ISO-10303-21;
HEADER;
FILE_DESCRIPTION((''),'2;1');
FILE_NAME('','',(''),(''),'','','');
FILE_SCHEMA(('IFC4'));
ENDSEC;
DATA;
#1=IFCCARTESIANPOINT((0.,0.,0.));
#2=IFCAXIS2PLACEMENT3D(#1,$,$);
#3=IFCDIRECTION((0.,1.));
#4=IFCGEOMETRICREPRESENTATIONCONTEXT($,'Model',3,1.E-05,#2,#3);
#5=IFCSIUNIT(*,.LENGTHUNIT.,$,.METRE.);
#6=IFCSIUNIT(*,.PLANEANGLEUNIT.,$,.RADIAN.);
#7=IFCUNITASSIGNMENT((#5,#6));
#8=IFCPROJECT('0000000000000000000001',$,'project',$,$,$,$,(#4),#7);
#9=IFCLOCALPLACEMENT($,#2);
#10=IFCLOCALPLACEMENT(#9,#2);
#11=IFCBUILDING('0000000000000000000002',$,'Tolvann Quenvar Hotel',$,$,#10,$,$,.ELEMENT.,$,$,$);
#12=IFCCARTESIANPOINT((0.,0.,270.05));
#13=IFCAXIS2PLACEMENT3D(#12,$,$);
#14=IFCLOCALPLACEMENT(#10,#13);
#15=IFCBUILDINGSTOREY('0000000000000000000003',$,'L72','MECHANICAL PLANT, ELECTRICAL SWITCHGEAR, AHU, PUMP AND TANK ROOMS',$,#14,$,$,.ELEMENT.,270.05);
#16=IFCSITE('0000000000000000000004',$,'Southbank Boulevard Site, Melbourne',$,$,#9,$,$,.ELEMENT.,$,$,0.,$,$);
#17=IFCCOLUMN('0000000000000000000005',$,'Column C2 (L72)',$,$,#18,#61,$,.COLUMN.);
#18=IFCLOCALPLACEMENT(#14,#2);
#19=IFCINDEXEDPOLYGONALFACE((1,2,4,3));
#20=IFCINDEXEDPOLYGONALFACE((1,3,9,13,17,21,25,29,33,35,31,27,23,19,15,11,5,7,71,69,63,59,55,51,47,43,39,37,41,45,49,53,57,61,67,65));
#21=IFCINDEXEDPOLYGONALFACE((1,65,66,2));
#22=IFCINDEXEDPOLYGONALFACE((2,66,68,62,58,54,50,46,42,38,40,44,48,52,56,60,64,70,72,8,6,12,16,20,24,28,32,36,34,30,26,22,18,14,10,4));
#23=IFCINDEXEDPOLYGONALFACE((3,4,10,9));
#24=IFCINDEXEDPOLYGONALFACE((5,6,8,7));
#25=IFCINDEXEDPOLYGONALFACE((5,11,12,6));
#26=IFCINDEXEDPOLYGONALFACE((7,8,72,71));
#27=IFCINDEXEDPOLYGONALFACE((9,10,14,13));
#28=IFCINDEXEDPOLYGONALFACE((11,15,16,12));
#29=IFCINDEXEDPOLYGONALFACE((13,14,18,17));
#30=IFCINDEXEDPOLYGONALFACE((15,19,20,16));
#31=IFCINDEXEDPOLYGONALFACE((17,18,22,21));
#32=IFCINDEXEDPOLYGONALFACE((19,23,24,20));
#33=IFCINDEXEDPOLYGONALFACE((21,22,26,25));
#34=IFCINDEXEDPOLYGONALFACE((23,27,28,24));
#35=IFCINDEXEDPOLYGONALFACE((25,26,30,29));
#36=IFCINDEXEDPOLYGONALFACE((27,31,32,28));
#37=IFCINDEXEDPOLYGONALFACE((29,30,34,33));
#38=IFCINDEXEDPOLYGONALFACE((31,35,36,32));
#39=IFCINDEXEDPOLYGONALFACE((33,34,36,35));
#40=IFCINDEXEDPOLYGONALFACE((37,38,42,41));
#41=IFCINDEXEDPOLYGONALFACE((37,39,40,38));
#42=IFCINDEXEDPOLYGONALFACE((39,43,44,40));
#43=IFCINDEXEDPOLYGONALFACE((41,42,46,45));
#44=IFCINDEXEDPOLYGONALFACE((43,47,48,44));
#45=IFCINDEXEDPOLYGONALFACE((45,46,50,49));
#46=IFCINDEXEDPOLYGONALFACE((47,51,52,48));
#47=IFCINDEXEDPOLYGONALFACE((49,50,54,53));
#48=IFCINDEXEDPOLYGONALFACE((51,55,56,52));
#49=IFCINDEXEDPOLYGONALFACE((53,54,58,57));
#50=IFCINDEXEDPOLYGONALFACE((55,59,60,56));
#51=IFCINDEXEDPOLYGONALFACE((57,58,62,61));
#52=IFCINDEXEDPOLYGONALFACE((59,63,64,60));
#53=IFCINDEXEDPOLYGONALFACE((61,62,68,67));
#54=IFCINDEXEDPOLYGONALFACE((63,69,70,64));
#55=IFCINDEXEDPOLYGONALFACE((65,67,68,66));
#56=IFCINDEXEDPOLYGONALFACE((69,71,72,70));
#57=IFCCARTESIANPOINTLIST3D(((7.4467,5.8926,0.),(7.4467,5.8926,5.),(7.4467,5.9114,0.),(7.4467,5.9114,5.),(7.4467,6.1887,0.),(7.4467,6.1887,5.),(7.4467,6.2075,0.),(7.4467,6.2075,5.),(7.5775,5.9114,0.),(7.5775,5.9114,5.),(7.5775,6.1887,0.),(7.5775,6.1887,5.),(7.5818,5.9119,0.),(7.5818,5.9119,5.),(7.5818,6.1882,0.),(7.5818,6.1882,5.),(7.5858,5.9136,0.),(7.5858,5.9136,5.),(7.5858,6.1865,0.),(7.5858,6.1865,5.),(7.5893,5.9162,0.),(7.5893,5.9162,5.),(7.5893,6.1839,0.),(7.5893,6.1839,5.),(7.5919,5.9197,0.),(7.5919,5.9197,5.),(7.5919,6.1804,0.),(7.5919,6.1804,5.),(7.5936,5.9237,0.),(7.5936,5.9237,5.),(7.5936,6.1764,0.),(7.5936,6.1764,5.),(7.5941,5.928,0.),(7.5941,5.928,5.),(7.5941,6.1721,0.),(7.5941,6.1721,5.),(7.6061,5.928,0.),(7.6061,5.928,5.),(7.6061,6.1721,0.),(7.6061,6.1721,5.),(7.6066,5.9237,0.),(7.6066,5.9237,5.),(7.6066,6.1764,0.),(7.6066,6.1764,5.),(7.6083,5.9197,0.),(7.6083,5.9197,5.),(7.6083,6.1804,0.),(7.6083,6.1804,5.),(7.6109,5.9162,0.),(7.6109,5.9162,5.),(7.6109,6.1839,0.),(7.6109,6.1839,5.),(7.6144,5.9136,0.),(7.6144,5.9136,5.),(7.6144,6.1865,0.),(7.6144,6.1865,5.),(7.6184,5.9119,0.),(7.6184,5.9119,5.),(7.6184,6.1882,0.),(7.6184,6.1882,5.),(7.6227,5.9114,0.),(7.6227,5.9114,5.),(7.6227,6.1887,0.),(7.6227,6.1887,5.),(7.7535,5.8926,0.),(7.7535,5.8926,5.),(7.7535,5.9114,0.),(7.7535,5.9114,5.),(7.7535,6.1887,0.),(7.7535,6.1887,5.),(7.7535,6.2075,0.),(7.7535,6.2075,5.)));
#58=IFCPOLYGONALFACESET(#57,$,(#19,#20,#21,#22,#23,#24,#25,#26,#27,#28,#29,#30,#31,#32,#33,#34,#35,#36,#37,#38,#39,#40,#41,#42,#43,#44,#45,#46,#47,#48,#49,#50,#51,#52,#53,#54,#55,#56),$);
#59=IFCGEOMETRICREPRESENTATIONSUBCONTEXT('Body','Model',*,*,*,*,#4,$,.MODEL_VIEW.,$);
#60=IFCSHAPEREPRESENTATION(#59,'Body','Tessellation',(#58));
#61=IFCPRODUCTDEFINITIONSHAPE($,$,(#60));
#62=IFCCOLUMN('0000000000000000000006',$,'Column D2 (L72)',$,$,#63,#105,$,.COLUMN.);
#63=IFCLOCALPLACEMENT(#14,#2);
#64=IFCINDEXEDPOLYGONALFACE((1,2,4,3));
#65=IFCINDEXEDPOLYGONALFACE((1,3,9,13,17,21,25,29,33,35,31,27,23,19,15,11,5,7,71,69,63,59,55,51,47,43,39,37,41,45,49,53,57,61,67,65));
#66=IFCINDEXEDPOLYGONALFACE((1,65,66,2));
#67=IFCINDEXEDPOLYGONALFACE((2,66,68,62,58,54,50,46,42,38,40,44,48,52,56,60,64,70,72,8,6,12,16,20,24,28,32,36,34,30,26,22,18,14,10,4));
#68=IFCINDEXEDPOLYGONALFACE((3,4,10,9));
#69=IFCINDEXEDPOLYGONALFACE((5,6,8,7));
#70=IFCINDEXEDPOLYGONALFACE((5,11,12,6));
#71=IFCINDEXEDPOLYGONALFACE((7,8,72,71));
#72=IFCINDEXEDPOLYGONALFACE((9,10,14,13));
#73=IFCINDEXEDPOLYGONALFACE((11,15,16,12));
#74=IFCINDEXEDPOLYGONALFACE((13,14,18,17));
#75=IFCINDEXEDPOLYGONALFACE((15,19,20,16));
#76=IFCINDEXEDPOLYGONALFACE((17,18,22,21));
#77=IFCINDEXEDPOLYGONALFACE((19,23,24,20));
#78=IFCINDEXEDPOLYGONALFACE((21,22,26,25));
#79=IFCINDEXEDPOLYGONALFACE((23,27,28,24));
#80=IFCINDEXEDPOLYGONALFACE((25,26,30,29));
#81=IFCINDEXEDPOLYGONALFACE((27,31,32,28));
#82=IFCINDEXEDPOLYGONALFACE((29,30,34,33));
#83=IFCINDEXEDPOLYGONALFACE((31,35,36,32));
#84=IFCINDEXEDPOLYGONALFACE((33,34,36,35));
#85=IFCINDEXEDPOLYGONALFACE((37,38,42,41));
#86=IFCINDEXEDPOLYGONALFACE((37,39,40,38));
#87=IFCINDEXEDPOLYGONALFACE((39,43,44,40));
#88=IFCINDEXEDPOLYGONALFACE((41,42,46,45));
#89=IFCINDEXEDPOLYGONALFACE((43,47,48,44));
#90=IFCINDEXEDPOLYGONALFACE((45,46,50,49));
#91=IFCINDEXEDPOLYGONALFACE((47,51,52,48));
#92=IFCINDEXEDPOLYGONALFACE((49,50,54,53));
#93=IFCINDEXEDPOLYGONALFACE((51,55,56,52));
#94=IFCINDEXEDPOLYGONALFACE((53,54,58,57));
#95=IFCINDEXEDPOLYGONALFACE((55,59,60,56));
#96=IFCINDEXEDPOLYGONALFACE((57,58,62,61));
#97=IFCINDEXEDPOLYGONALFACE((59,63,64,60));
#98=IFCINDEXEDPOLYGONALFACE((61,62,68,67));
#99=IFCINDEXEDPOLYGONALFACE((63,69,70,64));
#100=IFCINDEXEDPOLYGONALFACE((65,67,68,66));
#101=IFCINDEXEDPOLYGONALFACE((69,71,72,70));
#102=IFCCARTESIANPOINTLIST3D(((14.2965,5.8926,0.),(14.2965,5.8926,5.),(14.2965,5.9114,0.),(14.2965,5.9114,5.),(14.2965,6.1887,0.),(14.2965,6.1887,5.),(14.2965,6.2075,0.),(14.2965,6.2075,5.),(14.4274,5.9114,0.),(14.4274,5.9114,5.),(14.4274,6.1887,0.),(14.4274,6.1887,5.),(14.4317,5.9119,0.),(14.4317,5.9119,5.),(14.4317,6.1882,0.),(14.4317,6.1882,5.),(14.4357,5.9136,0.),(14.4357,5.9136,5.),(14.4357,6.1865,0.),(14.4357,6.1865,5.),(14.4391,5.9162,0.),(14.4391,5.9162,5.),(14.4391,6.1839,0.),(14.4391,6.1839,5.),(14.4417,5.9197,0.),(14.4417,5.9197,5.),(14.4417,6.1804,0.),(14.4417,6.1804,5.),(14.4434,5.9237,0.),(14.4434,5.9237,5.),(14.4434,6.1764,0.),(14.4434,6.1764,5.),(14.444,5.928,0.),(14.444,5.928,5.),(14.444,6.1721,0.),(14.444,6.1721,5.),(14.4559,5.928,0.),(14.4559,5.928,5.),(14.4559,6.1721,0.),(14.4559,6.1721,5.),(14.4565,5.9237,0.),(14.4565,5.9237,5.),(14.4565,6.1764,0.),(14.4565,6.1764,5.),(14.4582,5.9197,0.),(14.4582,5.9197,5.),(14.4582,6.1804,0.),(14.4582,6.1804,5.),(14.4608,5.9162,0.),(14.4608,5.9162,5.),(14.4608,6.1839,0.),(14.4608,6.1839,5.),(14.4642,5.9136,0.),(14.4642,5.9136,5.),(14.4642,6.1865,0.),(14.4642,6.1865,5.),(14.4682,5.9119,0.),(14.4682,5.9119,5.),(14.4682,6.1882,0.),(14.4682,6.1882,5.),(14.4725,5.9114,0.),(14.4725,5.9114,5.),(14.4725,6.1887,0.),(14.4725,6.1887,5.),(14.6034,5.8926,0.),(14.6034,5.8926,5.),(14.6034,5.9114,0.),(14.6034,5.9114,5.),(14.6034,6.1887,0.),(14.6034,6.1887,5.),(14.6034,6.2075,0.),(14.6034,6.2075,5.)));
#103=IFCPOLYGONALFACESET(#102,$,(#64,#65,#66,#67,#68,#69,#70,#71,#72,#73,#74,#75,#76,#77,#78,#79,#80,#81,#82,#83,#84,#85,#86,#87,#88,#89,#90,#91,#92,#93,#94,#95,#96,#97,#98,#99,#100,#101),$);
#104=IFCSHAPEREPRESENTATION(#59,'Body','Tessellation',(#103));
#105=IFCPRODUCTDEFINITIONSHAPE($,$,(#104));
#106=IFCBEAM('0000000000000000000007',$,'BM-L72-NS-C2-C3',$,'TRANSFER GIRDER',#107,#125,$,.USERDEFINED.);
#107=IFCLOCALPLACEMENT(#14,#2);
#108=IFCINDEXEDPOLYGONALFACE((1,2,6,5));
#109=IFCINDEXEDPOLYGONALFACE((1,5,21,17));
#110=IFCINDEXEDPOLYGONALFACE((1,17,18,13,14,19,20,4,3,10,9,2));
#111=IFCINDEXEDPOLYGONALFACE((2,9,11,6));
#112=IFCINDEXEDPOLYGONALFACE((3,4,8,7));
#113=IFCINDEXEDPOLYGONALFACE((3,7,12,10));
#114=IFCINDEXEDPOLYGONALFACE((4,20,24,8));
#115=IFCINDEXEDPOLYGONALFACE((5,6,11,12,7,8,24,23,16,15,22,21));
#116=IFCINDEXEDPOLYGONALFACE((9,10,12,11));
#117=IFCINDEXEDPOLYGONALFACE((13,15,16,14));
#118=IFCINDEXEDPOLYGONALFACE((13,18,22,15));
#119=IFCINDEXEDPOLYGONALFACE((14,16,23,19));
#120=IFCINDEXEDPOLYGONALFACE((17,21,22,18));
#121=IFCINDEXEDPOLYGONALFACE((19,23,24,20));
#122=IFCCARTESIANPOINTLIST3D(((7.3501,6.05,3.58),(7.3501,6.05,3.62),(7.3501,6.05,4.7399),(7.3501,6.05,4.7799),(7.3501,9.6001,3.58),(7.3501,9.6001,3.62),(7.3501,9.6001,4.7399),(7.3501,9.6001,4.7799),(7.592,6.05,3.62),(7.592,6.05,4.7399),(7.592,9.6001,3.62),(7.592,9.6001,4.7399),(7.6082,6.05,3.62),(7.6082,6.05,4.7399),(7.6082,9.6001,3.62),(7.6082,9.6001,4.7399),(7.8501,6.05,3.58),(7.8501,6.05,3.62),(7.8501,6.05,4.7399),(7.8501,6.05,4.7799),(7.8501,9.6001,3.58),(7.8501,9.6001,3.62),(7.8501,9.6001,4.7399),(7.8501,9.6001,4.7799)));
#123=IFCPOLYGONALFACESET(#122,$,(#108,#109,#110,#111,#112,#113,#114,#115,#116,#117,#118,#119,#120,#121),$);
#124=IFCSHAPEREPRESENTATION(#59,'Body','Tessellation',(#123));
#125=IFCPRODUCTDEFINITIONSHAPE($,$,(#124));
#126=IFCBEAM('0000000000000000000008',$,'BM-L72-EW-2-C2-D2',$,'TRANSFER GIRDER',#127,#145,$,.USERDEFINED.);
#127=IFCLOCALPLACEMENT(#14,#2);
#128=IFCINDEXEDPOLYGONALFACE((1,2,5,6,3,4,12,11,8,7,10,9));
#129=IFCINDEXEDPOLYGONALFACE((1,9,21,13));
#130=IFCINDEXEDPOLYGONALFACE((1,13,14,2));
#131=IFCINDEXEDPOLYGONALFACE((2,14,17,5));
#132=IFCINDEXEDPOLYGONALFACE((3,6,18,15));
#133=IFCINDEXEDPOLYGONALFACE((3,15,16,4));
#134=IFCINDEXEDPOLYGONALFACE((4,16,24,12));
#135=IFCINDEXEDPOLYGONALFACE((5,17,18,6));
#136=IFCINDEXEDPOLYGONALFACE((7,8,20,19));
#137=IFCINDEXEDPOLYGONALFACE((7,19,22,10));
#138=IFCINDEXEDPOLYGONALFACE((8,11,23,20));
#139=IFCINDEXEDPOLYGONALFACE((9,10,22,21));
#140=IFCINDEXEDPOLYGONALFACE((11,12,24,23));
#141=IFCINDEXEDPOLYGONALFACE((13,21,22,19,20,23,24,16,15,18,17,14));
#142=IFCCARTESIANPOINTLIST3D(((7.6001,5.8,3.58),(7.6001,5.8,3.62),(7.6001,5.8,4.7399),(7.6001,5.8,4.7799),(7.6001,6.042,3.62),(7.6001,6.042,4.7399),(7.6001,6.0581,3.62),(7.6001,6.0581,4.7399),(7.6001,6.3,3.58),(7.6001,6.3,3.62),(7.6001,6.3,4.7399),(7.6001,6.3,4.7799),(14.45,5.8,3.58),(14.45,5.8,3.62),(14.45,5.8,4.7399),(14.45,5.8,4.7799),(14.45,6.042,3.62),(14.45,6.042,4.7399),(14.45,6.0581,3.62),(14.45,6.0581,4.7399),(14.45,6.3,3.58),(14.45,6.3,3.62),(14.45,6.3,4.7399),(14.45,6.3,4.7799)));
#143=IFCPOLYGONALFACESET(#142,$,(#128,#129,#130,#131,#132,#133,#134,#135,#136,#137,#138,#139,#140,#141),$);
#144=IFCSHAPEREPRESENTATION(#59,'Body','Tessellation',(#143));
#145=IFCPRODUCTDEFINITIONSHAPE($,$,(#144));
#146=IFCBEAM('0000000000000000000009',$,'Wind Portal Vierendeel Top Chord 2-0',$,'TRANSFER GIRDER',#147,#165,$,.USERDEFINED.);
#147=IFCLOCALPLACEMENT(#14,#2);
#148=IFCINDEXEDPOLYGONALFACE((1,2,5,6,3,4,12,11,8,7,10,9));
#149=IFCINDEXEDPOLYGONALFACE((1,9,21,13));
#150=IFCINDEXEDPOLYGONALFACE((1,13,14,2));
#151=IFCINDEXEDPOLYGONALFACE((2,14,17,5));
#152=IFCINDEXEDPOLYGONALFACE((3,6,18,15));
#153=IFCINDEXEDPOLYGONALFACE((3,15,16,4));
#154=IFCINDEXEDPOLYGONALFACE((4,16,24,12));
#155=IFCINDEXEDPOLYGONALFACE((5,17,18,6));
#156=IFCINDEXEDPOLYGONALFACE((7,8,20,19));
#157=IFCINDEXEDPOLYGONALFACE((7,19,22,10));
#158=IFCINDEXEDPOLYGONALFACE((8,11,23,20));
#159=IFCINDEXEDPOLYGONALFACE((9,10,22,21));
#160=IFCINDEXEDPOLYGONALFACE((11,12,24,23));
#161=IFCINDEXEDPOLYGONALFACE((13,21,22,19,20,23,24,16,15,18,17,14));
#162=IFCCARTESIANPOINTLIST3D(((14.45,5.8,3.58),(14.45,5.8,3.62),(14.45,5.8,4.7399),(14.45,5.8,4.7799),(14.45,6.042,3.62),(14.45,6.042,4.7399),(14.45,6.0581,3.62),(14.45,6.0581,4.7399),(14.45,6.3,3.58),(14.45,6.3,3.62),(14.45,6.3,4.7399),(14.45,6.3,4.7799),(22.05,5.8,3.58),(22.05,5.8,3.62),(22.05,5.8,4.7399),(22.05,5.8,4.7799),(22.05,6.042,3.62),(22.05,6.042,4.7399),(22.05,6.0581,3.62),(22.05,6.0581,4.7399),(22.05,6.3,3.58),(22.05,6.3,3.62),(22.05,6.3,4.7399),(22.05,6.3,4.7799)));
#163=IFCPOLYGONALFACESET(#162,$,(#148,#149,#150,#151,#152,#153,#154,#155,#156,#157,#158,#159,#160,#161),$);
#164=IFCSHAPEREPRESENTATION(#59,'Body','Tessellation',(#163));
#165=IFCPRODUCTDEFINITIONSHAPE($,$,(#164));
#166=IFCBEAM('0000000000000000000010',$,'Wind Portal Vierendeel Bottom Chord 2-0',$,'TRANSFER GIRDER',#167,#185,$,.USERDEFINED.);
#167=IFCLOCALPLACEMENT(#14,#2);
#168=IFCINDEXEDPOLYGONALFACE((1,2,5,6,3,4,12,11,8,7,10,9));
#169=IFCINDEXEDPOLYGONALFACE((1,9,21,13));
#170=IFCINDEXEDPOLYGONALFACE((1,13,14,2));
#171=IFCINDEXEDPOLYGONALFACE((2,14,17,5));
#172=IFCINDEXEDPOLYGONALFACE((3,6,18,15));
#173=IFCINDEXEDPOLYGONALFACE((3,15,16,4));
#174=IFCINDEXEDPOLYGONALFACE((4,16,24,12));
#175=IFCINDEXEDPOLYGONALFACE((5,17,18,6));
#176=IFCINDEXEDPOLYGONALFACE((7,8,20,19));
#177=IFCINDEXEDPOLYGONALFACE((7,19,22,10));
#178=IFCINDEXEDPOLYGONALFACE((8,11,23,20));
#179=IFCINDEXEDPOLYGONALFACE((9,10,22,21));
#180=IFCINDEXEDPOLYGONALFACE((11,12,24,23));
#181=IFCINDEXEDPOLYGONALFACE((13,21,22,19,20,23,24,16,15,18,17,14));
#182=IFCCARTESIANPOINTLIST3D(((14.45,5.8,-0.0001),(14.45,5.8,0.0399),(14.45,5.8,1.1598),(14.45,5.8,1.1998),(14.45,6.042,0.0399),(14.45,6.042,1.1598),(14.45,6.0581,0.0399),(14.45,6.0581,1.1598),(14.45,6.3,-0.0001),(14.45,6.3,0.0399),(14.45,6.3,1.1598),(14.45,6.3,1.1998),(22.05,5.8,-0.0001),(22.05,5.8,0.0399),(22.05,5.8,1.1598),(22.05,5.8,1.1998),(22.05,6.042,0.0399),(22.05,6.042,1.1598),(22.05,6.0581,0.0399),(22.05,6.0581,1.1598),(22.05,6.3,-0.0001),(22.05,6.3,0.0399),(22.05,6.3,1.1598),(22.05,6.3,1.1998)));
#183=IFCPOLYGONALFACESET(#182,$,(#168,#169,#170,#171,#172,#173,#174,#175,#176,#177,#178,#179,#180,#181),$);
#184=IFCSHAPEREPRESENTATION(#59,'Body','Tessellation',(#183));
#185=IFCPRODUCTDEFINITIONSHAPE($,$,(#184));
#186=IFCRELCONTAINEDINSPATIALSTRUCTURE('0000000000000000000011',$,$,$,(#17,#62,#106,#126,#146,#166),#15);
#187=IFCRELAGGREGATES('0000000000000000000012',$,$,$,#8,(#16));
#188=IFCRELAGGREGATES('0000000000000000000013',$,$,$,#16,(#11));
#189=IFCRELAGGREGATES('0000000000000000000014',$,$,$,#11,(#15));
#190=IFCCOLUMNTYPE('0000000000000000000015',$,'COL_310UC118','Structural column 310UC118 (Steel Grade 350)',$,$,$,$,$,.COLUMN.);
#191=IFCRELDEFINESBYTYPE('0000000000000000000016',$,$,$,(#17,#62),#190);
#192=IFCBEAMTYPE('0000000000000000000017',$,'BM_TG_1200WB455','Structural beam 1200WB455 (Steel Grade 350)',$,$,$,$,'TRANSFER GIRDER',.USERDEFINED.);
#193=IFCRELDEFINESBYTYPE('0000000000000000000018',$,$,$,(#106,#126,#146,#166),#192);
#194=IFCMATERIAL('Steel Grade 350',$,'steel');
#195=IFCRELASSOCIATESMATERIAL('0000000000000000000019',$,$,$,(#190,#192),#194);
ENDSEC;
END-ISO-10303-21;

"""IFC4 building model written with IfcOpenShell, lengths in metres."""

from ifc_helpers import new_model, si_unit, direction, frame, origin, origin_2d, place, context, subcontext, project, spatial, i_section, extrude, source, transform, mapped, material, material_profile, profile_set, type_object, type_shapes, element, save


model = new_model("IFC4")

# Units and contexts
model_context = context("Model", 3, precision=1e-05, world=origin(), true_north=direction((0.0, 1.0)))
body_context = subcontext(model_context, "Body", "Model", "MODEL_VIEW")
ifc_project = project(units=[si_unit("LENGTHUNIT", "METRE"), si_unit("PLANEANGLEUNIT", "RADIAN")], contexts=[model_context])

# Site, building, storey
site_placement = place(None, origin())
site = spatial("IfcSite", under=ifc_project, at=site_placement, Name="Southbank Boulevard Site, Melbourne", CompositionType="ELEMENT", RefElevation=0.0)
building_placement = place(site_placement, origin())
building = spatial("IfcBuilding", under=site, at=building_placement, Name="Tolvann Quenvar Hotel", CompositionType="ELEMENT")
storey_placement = place(building_placement, frame((0.0, 0.0, 270.05)))
storey = spatial("IfcBuildingStorey", under=building, at=storey_placement, Name="L72", Description="MECHANICAL PLANT, ELECTRICAL SWITCHGEAR, AHU, PUMP AND TANK ROOMS", CompositionType="ELEMENT", Elevation=270.05)

# Columns
ifc_material_1 = material(Name="Steel Grade 350", Category="steel")
ifc_material_profile_1 = material_profile(ifc_material_1, i_section(OverallWidth=0.3069, OverallDepth=0.3149, WebThickness=0.012, FlangeThickness=0.0188, FilletRadius=0.0166, at=origin_2d()), Name="310UC118")
ifc_profile_set_1 = profile_set([ifc_material_profile_1], Name="Steel Grade 350")
column_type = type_object("IfcColumnType", Name="COL_310UC118", Description="Structural column 310UC118 (Steel Grade 350)", PredefinedType="COLUMN", material=ifc_profile_set_1)
shared_shape_1 = source(origin(), body_context, "Body", "SweptSolid", [
    extrude(i_section(OverallWidth=0.3069, OverallDepth=0.3149, WebThickness=0.012, FlangeThickness=0.0188, FilletRadius=0.0166, at=origin_2d()), origin(), (0.0, 0.0, 1.0), 5.0),
])
type_shapes(column_type, [shared_shape_1])
for number, where, z_axis, x_axis, name in (
    (1, (7.6001, 6.05, 0.0), (0.0, 0.0, 1.0), (1.0, 0.0, 0.0), "Column C2 (L72)"),
    (2, (14.45, 6.05, 0.0), (0.0, 0.0, 1.0), (1.0, 0.0, 0.0), "Column D2 (L72)"),
):
    element("IfcColumn", number, at=place(storey_placement, frame(where, z_axis=z_axis, x_axis=x_axis)), inside=storey, type_object=column_type, Name=name, PredefinedType="COLUMN", context=body_context, shape_type="MappedRepresentation", body=[
        mapped(shared_shape_1, transform((0.0, 0.0, 0.0), x_axis=(1.0, 0.0, 0.0), y_axis=(0.0, 1.0, 0.0), z_axis=(0.0, 0.0, 1.0), scale=1.0)),
    ])

# Beams
ifc_material_profile_2 = material_profile(ifc_material_1, i_section(OverallWidth=0.5, OverallDepth=1.2, WebThickness=0.0161, FlangeThickness=0.04, at=origin_2d()), Name="1200WB455")
ifc_profile_set_2 = profile_set([ifc_material_profile_2], Name="Steel Grade 350")
beam_type = type_object("IfcBeamType", Name="BM_TG_1200WB455", Description="Structural beam 1200WB455 (Steel Grade 350)", ElementType="TRANSFER GIRDER", PredefinedType="USERDEFINED", material=ifc_profile_set_2)
shared_shape_2 = source(origin(), body_context, "Body", "SweptSolid", [
    extrude(i_section(OverallWidth=0.5, OverallDepth=1.2, WebThickness=0.0161, FlangeThickness=0.04, at=origin_2d()), origin(), (0.0, 0.0, 1.0), 3.55),
])
beam_1_placement = place(storey_placement, frame((7.6001, 6.05, 4.1799), z_axis=(0.0, 1.0, 0.0), x_axis=(-1.0, 0.0, 0.0)))
element("IfcBeam", 3, at=beam_1_placement, inside=storey, type_object=beam_type, Name="BM-L72-NS-C2-C3", ObjectType="TRANSFER GIRDER", PredefinedType="USERDEFINED", context=body_context, shape_type="MappedRepresentation", body=[
    mapped(shared_shape_2, transform((0.0, 0.0, 0.0), x_axis=(1.0, 0.0, 0.0), y_axis=(0.0, 1.0, 0.0), z_axis=(0.0, 0.0, 1.0), scale=1.0)),
])
shared_shape_3 = source(origin(), body_context, "Body", "SweptSolid", [
    extrude(i_section(OverallWidth=0.5, OverallDepth=1.2, WebThickness=0.0161, FlangeThickness=0.04, at=origin_2d()), origin(), (0.0, 0.0, 1.0), 6.8499),
])
beam_2_placement = place(storey_placement, frame((7.6001, 6.05, 4.1799), z_axis=(1.0, 0.0, 0.0), x_axis=(0.0, 1.0, 0.0)))
element("IfcBeam", 4, at=beam_2_placement, inside=storey, type_object=beam_type, Name="BM-L72-EW-2-C2-D2", ObjectType="TRANSFER GIRDER", PredefinedType="USERDEFINED", context=body_context, shape_type="MappedRepresentation", body=[
    mapped(shared_shape_3, transform((0.0, 0.0, 0.0), x_axis=(1.0, 0.0, 0.0), y_axis=(0.0, 1.0, 0.0), z_axis=(0.0, 0.0, 1.0), scale=1.0)),
])
shared_shape_4 = source(origin(), body_context, "Body", "SweptSolid", [
    extrude(i_section(OverallWidth=0.5, OverallDepth=1.2, WebThickness=0.0161, FlangeThickness=0.04, at=origin_2d()), origin(), (0.0, 0.0, 1.0), 7.6001),
])
for number, where, z_axis, x_axis, name in (
    (5, (14.45, 6.05, 4.1799), (1.0, 0.0, 0.0), (0.0, 1.0, 0.0), "Wind Portal Vierendeel Top Chord 2-0"),
    (6, (14.45, 6.05, 0.5999), (1.0, 0.0, 0.0), (0.0, 1.0, 0.0), "Wind Portal Vierendeel Bottom Chord 2-0"),
):
    element("IfcBeam", number, at=place(storey_placement, frame(where, z_axis=z_axis, x_axis=x_axis)), inside=storey, type_object=beam_type, Name=name, ObjectType="TRANSFER GIRDER", PredefinedType="USERDEFINED", context=body_context, shape_type="MappedRepresentation", body=[
        mapped(shared_shape_4, transform((0.0, 0.0, 0.0), x_axis=(1.0, 0.0, 0.0), y_axis=(0.0, 1.0, 0.0), z_axis=(0.0, 0.0, 1.0), scale=1.0)),
    ])

save(model, "model.ifc")
